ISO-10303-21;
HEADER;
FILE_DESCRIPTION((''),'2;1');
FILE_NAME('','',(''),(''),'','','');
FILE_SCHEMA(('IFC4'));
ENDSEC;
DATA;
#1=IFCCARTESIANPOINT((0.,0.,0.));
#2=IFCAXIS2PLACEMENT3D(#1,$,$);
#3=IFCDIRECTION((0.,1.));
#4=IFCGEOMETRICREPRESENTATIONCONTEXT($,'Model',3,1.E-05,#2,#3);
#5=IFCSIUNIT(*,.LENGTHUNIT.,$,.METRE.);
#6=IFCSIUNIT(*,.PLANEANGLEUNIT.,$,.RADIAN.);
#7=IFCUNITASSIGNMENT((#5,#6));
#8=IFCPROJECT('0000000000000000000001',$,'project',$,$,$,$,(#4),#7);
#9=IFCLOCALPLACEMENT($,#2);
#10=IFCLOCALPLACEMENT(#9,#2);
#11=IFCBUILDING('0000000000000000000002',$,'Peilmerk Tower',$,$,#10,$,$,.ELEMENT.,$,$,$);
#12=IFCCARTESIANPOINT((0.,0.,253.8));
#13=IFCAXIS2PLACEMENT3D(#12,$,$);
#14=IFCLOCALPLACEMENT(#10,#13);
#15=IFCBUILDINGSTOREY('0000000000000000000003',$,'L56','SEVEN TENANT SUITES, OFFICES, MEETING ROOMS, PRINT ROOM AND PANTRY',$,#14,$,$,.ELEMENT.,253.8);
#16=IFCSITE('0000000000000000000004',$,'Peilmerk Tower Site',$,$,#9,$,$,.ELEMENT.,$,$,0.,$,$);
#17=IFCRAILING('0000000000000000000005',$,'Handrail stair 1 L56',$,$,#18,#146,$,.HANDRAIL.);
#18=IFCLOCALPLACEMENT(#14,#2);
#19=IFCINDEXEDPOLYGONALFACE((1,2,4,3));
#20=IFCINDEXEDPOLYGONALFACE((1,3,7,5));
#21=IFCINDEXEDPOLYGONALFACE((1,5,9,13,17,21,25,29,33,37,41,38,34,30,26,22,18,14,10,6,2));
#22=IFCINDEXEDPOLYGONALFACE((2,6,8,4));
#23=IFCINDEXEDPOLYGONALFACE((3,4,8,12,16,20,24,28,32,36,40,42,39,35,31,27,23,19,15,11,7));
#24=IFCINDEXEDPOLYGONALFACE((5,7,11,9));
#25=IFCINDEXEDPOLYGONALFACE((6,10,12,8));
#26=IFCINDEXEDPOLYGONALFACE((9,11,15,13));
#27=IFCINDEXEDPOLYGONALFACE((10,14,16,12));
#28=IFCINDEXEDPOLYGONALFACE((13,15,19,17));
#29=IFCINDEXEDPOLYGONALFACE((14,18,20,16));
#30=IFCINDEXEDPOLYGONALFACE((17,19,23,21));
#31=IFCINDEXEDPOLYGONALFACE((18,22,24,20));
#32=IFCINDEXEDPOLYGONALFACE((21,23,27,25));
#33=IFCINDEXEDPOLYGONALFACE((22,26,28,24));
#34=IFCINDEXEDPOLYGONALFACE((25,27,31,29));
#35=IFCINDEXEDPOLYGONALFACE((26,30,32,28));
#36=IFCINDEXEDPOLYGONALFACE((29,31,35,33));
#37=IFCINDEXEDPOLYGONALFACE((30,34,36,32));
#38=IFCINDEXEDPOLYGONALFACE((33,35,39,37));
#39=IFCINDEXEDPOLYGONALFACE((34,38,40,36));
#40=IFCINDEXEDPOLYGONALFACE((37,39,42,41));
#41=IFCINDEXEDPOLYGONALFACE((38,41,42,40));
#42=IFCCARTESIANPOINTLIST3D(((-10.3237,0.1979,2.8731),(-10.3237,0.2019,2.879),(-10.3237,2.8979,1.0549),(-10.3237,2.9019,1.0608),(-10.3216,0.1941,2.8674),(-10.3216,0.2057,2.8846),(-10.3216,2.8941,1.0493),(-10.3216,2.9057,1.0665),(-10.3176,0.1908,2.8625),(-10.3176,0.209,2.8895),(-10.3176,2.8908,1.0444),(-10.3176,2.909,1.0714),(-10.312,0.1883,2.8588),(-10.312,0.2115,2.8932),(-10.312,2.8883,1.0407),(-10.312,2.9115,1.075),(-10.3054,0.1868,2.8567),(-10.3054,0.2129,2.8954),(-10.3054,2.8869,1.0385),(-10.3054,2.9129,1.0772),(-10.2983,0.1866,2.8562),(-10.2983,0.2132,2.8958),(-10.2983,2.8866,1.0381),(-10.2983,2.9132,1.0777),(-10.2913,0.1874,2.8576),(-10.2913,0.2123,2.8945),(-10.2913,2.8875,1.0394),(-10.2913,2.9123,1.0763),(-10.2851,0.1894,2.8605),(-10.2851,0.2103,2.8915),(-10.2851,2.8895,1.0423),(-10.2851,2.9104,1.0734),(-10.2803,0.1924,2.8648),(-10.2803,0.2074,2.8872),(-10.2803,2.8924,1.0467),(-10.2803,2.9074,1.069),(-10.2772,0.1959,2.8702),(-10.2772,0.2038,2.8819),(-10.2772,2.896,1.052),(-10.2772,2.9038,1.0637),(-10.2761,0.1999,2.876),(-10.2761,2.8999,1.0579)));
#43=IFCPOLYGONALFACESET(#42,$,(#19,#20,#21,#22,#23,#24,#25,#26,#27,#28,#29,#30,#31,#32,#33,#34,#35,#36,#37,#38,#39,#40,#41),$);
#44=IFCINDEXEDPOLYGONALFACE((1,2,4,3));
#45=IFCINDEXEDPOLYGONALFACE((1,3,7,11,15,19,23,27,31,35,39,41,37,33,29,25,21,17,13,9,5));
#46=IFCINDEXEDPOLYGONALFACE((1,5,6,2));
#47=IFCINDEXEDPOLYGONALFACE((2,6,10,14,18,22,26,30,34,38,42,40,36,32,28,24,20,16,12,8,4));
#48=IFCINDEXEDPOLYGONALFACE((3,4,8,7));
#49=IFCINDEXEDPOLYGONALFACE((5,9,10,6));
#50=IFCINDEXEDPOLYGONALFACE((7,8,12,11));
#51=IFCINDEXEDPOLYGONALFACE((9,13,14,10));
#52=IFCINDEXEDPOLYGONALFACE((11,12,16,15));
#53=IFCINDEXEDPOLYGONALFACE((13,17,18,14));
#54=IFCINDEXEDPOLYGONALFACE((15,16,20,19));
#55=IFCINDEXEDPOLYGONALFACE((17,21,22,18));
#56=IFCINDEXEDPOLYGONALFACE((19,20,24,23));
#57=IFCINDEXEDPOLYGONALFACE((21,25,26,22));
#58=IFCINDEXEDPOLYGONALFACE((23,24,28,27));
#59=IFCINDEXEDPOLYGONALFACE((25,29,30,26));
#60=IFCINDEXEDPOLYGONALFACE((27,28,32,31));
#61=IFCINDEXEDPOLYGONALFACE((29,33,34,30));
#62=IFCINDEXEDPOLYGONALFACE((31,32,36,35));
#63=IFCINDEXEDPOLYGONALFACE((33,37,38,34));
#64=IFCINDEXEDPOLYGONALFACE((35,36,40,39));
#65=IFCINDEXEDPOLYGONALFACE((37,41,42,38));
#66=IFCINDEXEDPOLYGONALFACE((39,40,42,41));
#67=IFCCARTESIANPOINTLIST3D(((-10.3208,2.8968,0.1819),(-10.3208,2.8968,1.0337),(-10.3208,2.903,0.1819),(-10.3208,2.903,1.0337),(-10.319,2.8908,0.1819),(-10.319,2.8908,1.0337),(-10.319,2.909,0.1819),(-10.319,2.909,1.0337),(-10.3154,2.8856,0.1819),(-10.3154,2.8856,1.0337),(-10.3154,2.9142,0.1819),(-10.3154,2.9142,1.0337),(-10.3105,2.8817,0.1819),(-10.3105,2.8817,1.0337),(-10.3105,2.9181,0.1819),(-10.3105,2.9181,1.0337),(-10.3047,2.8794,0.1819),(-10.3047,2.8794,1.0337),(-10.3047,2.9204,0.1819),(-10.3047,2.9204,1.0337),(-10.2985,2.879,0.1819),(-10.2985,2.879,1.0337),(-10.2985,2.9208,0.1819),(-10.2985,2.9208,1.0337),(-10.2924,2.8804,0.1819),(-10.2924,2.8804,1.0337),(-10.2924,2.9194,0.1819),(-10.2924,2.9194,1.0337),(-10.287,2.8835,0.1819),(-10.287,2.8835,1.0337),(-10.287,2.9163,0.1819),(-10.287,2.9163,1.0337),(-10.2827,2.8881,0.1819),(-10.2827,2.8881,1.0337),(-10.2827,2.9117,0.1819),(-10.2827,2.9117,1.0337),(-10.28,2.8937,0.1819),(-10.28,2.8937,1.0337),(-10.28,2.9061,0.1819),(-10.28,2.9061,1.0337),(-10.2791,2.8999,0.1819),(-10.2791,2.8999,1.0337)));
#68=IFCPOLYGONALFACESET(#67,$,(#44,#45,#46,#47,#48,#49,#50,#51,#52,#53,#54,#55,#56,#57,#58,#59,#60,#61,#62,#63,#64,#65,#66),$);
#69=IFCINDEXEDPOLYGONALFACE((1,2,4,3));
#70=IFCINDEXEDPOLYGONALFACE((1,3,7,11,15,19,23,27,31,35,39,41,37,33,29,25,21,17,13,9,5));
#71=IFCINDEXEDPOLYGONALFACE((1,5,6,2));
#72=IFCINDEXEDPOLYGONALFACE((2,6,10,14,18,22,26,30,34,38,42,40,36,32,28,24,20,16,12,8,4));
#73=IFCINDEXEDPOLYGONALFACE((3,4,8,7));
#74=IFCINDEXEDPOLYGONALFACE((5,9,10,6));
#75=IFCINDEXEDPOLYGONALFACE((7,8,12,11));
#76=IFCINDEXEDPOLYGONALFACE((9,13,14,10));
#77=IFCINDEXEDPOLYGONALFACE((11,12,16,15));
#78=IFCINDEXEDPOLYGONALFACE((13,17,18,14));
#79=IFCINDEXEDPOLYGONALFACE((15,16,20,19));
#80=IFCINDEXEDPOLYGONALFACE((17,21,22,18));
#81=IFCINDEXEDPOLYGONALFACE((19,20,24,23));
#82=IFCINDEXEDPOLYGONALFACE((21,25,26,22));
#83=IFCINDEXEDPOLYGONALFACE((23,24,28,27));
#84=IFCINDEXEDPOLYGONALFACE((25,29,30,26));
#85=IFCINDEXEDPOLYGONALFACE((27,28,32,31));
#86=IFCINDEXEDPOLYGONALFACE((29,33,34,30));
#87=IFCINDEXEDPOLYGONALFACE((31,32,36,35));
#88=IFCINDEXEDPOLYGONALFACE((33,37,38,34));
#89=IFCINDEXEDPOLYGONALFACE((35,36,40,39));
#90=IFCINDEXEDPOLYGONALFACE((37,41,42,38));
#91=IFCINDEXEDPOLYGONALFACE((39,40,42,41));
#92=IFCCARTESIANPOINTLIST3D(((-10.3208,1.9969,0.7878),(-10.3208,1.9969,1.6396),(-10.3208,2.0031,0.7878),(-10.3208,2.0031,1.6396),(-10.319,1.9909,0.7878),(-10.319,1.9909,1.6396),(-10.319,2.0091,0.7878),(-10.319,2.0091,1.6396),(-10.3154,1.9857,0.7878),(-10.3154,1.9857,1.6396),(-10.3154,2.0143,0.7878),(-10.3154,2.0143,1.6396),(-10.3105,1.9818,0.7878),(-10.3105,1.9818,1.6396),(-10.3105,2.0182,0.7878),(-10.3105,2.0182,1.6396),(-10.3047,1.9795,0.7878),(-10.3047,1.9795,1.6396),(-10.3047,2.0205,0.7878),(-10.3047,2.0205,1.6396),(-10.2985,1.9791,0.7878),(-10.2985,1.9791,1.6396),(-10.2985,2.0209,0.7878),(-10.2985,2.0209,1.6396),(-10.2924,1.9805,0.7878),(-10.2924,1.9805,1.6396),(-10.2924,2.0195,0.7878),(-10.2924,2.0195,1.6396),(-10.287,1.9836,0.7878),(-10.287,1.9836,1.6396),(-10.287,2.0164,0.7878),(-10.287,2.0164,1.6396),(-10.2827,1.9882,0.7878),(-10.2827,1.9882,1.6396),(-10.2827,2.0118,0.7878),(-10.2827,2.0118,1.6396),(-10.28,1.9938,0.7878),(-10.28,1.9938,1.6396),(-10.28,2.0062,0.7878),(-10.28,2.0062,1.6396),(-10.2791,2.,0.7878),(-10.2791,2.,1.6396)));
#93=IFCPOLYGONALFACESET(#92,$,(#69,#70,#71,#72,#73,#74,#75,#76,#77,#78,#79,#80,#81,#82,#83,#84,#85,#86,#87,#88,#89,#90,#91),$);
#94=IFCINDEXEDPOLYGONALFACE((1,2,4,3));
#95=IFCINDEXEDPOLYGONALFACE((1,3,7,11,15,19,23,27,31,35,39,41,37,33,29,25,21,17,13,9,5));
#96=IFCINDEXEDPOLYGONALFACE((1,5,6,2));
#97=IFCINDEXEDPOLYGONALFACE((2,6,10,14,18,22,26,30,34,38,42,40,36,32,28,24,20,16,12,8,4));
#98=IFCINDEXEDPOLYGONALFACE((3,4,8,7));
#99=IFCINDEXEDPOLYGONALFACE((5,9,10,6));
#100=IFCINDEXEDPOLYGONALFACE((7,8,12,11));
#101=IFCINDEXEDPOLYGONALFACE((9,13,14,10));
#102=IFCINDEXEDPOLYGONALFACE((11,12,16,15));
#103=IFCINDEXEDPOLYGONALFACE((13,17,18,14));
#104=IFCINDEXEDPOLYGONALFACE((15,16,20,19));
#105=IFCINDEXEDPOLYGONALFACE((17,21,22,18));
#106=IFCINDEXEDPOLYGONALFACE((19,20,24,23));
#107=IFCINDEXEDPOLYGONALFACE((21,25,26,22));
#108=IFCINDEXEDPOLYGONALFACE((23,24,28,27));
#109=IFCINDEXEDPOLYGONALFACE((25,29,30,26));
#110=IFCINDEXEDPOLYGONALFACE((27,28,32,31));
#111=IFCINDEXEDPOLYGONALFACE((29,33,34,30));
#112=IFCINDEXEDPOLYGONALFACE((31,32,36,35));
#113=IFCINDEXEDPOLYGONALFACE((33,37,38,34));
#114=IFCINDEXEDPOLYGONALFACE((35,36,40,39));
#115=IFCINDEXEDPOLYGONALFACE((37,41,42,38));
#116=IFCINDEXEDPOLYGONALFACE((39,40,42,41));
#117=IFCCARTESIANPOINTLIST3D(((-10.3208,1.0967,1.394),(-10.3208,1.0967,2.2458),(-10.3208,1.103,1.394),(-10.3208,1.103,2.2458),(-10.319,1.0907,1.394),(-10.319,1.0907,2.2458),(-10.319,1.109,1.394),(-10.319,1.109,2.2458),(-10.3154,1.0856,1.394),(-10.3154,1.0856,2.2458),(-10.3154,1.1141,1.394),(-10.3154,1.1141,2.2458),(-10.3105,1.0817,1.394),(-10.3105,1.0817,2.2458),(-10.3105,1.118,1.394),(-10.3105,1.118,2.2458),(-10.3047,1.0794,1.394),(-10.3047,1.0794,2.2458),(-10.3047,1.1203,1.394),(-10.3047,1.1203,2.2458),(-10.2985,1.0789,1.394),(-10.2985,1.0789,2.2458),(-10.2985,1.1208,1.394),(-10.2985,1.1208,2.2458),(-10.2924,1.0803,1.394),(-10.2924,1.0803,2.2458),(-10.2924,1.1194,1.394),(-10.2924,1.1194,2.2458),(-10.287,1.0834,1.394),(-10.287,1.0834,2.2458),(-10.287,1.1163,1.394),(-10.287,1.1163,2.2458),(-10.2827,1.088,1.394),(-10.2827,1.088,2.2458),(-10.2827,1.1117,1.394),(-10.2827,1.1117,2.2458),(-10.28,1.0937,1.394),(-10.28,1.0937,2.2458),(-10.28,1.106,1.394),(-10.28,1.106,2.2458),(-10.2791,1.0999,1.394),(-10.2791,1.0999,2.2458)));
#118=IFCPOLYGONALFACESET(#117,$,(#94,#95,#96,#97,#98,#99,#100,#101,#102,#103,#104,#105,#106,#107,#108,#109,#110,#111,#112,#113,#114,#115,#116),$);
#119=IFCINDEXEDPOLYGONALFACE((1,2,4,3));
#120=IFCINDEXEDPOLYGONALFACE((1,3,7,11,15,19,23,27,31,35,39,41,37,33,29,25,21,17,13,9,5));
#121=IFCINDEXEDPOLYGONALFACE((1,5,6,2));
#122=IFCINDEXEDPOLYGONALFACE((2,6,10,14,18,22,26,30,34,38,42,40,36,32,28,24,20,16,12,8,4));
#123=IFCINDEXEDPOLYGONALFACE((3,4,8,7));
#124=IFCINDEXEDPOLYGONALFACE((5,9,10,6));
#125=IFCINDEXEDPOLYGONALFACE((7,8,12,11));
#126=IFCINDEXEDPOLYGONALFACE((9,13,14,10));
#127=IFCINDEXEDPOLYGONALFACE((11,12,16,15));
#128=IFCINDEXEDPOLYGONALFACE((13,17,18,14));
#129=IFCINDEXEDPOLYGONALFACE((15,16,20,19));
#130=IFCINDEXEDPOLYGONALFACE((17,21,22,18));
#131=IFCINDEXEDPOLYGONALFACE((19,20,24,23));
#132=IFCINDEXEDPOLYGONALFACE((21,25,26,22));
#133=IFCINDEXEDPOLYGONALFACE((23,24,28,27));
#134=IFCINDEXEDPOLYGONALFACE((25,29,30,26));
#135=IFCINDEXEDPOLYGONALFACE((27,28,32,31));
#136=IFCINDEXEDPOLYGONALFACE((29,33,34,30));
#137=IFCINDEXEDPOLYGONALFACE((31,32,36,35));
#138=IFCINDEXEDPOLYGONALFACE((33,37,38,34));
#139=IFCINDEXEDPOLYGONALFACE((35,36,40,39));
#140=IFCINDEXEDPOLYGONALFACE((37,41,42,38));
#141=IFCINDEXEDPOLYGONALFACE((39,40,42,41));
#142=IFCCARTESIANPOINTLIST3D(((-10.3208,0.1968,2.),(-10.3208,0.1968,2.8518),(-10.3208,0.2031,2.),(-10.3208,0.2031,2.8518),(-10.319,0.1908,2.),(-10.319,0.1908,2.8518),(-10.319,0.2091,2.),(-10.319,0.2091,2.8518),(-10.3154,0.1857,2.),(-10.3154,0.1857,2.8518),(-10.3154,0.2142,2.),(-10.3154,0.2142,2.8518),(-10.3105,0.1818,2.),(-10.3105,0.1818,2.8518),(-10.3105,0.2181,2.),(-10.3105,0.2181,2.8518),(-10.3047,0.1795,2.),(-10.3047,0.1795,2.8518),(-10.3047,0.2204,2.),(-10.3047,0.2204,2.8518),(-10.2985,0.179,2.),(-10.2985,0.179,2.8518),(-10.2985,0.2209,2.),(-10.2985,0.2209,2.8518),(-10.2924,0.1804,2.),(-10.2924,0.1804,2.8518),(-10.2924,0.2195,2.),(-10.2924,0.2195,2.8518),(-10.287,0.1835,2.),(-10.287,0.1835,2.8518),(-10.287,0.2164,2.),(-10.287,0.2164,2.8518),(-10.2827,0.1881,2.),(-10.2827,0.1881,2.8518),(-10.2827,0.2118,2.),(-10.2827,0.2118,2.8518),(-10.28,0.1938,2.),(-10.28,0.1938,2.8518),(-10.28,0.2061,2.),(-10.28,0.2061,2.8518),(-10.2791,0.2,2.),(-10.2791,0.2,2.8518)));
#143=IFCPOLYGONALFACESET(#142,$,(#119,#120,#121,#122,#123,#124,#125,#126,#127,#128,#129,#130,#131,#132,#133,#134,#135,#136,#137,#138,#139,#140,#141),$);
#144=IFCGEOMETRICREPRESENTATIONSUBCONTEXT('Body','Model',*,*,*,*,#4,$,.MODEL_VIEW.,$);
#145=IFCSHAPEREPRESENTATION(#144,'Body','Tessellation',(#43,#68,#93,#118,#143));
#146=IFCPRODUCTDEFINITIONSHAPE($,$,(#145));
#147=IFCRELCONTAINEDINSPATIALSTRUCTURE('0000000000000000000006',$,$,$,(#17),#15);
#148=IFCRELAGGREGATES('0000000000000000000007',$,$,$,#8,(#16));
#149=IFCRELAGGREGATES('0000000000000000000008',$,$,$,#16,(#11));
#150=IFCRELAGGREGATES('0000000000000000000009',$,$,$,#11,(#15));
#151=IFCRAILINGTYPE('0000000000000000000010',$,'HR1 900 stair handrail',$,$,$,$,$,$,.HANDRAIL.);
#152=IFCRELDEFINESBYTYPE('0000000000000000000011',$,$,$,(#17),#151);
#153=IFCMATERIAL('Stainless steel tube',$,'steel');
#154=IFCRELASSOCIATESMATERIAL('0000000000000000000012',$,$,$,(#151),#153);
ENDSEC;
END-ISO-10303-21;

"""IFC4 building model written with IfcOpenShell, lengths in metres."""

from ifc_helpers import new_model, si_unit, direction, frame, origin, origin_2d, place, context, subcontext, project, spatial, circle, extrude, material, type_object, element, save


model = new_model("IFC4")

# Units and contexts
model_context = context("Model", 3, precision=1e-05, world=origin(), true_north=direction((0.0, 1.0)))
body_context = subcontext(model_context, "Body", "Model", "MODEL_VIEW")
ifc_project = project(units=[si_unit("LENGTHUNIT", "METRE"), si_unit("PLANEANGLEUNIT", "RADIAN")], contexts=[model_context])

# Site, building, storey
site_placement = place(None, origin())
site = spatial("IfcSite", under=ifc_project, at=site_placement, Name="Peilmerk Tower Site", CompositionType="ELEMENT", RefElevation=0.0)
building_placement = place(site_placement, origin())
building = spatial("IfcBuilding", under=site, at=building_placement, Name="Peilmerk Tower", CompositionType="ELEMENT")
storey_placement = place(building_placement, frame((0.0, 0.0, 253.8)))
storey = spatial("IfcBuildingStorey", under=building, at=storey_placement, Name="L56", Description="SEVEN TENANT SUITES, OFFICES, MEETING ROOMS, PRINT ROOM AND PANTRY", CompositionType="ELEMENT", Elevation=253.8)

# Railing
ifc_material_1 = material(Name="Stainless steel tube", Category="steel")
railing_type_1 = type_object("IfcRailingType", Name="HR1 900 stair handrail", PredefinedType="HANDRAIL", material=ifc_material_1)
railing_1_placement = place(storey_placement, frame((-10.3, 2.8999, 0.1819)))
element("IfcRailing", 1, at=railing_1_placement, inside=storey, type_object=railing_type_1, Name="Handrail stair 1 L56", PredefinedType="HANDRAIL", context=body_context, shape_type="SweptSolid", body=[
    extrude(circle(Radius=0.0239, at=origin_2d()), frame((0.0, 0.0, 0.876), z_axis=(0.0, -0.829468, 0.558554), x_axis=(1.0, 0.0, 0.0)), (0.0, 0.0, 1.0), 3.2551),
    extrude(circle(Radius=0.021, at=origin_2d()), origin(), (0.0, 0.0, 1.0), 0.8518),
    extrude(circle(Radius=0.021, at=origin_2d()), frame((0.0, -0.8999, 0.606)), (0.0, 0.0, 1.0), 0.8518),
    extrude(circle(Radius=0.021, at=origin_2d()), frame((0.0, -1.8, 1.2122)), (0.0, 0.0, 1.0), 0.8518),
    extrude(circle(Radius=0.021, at=origin_2d()), frame((0.0, -2.7, 1.8181)), (0.0, 0.0, 1.0), 0.8518),
])

save(model, "model.ifc")
